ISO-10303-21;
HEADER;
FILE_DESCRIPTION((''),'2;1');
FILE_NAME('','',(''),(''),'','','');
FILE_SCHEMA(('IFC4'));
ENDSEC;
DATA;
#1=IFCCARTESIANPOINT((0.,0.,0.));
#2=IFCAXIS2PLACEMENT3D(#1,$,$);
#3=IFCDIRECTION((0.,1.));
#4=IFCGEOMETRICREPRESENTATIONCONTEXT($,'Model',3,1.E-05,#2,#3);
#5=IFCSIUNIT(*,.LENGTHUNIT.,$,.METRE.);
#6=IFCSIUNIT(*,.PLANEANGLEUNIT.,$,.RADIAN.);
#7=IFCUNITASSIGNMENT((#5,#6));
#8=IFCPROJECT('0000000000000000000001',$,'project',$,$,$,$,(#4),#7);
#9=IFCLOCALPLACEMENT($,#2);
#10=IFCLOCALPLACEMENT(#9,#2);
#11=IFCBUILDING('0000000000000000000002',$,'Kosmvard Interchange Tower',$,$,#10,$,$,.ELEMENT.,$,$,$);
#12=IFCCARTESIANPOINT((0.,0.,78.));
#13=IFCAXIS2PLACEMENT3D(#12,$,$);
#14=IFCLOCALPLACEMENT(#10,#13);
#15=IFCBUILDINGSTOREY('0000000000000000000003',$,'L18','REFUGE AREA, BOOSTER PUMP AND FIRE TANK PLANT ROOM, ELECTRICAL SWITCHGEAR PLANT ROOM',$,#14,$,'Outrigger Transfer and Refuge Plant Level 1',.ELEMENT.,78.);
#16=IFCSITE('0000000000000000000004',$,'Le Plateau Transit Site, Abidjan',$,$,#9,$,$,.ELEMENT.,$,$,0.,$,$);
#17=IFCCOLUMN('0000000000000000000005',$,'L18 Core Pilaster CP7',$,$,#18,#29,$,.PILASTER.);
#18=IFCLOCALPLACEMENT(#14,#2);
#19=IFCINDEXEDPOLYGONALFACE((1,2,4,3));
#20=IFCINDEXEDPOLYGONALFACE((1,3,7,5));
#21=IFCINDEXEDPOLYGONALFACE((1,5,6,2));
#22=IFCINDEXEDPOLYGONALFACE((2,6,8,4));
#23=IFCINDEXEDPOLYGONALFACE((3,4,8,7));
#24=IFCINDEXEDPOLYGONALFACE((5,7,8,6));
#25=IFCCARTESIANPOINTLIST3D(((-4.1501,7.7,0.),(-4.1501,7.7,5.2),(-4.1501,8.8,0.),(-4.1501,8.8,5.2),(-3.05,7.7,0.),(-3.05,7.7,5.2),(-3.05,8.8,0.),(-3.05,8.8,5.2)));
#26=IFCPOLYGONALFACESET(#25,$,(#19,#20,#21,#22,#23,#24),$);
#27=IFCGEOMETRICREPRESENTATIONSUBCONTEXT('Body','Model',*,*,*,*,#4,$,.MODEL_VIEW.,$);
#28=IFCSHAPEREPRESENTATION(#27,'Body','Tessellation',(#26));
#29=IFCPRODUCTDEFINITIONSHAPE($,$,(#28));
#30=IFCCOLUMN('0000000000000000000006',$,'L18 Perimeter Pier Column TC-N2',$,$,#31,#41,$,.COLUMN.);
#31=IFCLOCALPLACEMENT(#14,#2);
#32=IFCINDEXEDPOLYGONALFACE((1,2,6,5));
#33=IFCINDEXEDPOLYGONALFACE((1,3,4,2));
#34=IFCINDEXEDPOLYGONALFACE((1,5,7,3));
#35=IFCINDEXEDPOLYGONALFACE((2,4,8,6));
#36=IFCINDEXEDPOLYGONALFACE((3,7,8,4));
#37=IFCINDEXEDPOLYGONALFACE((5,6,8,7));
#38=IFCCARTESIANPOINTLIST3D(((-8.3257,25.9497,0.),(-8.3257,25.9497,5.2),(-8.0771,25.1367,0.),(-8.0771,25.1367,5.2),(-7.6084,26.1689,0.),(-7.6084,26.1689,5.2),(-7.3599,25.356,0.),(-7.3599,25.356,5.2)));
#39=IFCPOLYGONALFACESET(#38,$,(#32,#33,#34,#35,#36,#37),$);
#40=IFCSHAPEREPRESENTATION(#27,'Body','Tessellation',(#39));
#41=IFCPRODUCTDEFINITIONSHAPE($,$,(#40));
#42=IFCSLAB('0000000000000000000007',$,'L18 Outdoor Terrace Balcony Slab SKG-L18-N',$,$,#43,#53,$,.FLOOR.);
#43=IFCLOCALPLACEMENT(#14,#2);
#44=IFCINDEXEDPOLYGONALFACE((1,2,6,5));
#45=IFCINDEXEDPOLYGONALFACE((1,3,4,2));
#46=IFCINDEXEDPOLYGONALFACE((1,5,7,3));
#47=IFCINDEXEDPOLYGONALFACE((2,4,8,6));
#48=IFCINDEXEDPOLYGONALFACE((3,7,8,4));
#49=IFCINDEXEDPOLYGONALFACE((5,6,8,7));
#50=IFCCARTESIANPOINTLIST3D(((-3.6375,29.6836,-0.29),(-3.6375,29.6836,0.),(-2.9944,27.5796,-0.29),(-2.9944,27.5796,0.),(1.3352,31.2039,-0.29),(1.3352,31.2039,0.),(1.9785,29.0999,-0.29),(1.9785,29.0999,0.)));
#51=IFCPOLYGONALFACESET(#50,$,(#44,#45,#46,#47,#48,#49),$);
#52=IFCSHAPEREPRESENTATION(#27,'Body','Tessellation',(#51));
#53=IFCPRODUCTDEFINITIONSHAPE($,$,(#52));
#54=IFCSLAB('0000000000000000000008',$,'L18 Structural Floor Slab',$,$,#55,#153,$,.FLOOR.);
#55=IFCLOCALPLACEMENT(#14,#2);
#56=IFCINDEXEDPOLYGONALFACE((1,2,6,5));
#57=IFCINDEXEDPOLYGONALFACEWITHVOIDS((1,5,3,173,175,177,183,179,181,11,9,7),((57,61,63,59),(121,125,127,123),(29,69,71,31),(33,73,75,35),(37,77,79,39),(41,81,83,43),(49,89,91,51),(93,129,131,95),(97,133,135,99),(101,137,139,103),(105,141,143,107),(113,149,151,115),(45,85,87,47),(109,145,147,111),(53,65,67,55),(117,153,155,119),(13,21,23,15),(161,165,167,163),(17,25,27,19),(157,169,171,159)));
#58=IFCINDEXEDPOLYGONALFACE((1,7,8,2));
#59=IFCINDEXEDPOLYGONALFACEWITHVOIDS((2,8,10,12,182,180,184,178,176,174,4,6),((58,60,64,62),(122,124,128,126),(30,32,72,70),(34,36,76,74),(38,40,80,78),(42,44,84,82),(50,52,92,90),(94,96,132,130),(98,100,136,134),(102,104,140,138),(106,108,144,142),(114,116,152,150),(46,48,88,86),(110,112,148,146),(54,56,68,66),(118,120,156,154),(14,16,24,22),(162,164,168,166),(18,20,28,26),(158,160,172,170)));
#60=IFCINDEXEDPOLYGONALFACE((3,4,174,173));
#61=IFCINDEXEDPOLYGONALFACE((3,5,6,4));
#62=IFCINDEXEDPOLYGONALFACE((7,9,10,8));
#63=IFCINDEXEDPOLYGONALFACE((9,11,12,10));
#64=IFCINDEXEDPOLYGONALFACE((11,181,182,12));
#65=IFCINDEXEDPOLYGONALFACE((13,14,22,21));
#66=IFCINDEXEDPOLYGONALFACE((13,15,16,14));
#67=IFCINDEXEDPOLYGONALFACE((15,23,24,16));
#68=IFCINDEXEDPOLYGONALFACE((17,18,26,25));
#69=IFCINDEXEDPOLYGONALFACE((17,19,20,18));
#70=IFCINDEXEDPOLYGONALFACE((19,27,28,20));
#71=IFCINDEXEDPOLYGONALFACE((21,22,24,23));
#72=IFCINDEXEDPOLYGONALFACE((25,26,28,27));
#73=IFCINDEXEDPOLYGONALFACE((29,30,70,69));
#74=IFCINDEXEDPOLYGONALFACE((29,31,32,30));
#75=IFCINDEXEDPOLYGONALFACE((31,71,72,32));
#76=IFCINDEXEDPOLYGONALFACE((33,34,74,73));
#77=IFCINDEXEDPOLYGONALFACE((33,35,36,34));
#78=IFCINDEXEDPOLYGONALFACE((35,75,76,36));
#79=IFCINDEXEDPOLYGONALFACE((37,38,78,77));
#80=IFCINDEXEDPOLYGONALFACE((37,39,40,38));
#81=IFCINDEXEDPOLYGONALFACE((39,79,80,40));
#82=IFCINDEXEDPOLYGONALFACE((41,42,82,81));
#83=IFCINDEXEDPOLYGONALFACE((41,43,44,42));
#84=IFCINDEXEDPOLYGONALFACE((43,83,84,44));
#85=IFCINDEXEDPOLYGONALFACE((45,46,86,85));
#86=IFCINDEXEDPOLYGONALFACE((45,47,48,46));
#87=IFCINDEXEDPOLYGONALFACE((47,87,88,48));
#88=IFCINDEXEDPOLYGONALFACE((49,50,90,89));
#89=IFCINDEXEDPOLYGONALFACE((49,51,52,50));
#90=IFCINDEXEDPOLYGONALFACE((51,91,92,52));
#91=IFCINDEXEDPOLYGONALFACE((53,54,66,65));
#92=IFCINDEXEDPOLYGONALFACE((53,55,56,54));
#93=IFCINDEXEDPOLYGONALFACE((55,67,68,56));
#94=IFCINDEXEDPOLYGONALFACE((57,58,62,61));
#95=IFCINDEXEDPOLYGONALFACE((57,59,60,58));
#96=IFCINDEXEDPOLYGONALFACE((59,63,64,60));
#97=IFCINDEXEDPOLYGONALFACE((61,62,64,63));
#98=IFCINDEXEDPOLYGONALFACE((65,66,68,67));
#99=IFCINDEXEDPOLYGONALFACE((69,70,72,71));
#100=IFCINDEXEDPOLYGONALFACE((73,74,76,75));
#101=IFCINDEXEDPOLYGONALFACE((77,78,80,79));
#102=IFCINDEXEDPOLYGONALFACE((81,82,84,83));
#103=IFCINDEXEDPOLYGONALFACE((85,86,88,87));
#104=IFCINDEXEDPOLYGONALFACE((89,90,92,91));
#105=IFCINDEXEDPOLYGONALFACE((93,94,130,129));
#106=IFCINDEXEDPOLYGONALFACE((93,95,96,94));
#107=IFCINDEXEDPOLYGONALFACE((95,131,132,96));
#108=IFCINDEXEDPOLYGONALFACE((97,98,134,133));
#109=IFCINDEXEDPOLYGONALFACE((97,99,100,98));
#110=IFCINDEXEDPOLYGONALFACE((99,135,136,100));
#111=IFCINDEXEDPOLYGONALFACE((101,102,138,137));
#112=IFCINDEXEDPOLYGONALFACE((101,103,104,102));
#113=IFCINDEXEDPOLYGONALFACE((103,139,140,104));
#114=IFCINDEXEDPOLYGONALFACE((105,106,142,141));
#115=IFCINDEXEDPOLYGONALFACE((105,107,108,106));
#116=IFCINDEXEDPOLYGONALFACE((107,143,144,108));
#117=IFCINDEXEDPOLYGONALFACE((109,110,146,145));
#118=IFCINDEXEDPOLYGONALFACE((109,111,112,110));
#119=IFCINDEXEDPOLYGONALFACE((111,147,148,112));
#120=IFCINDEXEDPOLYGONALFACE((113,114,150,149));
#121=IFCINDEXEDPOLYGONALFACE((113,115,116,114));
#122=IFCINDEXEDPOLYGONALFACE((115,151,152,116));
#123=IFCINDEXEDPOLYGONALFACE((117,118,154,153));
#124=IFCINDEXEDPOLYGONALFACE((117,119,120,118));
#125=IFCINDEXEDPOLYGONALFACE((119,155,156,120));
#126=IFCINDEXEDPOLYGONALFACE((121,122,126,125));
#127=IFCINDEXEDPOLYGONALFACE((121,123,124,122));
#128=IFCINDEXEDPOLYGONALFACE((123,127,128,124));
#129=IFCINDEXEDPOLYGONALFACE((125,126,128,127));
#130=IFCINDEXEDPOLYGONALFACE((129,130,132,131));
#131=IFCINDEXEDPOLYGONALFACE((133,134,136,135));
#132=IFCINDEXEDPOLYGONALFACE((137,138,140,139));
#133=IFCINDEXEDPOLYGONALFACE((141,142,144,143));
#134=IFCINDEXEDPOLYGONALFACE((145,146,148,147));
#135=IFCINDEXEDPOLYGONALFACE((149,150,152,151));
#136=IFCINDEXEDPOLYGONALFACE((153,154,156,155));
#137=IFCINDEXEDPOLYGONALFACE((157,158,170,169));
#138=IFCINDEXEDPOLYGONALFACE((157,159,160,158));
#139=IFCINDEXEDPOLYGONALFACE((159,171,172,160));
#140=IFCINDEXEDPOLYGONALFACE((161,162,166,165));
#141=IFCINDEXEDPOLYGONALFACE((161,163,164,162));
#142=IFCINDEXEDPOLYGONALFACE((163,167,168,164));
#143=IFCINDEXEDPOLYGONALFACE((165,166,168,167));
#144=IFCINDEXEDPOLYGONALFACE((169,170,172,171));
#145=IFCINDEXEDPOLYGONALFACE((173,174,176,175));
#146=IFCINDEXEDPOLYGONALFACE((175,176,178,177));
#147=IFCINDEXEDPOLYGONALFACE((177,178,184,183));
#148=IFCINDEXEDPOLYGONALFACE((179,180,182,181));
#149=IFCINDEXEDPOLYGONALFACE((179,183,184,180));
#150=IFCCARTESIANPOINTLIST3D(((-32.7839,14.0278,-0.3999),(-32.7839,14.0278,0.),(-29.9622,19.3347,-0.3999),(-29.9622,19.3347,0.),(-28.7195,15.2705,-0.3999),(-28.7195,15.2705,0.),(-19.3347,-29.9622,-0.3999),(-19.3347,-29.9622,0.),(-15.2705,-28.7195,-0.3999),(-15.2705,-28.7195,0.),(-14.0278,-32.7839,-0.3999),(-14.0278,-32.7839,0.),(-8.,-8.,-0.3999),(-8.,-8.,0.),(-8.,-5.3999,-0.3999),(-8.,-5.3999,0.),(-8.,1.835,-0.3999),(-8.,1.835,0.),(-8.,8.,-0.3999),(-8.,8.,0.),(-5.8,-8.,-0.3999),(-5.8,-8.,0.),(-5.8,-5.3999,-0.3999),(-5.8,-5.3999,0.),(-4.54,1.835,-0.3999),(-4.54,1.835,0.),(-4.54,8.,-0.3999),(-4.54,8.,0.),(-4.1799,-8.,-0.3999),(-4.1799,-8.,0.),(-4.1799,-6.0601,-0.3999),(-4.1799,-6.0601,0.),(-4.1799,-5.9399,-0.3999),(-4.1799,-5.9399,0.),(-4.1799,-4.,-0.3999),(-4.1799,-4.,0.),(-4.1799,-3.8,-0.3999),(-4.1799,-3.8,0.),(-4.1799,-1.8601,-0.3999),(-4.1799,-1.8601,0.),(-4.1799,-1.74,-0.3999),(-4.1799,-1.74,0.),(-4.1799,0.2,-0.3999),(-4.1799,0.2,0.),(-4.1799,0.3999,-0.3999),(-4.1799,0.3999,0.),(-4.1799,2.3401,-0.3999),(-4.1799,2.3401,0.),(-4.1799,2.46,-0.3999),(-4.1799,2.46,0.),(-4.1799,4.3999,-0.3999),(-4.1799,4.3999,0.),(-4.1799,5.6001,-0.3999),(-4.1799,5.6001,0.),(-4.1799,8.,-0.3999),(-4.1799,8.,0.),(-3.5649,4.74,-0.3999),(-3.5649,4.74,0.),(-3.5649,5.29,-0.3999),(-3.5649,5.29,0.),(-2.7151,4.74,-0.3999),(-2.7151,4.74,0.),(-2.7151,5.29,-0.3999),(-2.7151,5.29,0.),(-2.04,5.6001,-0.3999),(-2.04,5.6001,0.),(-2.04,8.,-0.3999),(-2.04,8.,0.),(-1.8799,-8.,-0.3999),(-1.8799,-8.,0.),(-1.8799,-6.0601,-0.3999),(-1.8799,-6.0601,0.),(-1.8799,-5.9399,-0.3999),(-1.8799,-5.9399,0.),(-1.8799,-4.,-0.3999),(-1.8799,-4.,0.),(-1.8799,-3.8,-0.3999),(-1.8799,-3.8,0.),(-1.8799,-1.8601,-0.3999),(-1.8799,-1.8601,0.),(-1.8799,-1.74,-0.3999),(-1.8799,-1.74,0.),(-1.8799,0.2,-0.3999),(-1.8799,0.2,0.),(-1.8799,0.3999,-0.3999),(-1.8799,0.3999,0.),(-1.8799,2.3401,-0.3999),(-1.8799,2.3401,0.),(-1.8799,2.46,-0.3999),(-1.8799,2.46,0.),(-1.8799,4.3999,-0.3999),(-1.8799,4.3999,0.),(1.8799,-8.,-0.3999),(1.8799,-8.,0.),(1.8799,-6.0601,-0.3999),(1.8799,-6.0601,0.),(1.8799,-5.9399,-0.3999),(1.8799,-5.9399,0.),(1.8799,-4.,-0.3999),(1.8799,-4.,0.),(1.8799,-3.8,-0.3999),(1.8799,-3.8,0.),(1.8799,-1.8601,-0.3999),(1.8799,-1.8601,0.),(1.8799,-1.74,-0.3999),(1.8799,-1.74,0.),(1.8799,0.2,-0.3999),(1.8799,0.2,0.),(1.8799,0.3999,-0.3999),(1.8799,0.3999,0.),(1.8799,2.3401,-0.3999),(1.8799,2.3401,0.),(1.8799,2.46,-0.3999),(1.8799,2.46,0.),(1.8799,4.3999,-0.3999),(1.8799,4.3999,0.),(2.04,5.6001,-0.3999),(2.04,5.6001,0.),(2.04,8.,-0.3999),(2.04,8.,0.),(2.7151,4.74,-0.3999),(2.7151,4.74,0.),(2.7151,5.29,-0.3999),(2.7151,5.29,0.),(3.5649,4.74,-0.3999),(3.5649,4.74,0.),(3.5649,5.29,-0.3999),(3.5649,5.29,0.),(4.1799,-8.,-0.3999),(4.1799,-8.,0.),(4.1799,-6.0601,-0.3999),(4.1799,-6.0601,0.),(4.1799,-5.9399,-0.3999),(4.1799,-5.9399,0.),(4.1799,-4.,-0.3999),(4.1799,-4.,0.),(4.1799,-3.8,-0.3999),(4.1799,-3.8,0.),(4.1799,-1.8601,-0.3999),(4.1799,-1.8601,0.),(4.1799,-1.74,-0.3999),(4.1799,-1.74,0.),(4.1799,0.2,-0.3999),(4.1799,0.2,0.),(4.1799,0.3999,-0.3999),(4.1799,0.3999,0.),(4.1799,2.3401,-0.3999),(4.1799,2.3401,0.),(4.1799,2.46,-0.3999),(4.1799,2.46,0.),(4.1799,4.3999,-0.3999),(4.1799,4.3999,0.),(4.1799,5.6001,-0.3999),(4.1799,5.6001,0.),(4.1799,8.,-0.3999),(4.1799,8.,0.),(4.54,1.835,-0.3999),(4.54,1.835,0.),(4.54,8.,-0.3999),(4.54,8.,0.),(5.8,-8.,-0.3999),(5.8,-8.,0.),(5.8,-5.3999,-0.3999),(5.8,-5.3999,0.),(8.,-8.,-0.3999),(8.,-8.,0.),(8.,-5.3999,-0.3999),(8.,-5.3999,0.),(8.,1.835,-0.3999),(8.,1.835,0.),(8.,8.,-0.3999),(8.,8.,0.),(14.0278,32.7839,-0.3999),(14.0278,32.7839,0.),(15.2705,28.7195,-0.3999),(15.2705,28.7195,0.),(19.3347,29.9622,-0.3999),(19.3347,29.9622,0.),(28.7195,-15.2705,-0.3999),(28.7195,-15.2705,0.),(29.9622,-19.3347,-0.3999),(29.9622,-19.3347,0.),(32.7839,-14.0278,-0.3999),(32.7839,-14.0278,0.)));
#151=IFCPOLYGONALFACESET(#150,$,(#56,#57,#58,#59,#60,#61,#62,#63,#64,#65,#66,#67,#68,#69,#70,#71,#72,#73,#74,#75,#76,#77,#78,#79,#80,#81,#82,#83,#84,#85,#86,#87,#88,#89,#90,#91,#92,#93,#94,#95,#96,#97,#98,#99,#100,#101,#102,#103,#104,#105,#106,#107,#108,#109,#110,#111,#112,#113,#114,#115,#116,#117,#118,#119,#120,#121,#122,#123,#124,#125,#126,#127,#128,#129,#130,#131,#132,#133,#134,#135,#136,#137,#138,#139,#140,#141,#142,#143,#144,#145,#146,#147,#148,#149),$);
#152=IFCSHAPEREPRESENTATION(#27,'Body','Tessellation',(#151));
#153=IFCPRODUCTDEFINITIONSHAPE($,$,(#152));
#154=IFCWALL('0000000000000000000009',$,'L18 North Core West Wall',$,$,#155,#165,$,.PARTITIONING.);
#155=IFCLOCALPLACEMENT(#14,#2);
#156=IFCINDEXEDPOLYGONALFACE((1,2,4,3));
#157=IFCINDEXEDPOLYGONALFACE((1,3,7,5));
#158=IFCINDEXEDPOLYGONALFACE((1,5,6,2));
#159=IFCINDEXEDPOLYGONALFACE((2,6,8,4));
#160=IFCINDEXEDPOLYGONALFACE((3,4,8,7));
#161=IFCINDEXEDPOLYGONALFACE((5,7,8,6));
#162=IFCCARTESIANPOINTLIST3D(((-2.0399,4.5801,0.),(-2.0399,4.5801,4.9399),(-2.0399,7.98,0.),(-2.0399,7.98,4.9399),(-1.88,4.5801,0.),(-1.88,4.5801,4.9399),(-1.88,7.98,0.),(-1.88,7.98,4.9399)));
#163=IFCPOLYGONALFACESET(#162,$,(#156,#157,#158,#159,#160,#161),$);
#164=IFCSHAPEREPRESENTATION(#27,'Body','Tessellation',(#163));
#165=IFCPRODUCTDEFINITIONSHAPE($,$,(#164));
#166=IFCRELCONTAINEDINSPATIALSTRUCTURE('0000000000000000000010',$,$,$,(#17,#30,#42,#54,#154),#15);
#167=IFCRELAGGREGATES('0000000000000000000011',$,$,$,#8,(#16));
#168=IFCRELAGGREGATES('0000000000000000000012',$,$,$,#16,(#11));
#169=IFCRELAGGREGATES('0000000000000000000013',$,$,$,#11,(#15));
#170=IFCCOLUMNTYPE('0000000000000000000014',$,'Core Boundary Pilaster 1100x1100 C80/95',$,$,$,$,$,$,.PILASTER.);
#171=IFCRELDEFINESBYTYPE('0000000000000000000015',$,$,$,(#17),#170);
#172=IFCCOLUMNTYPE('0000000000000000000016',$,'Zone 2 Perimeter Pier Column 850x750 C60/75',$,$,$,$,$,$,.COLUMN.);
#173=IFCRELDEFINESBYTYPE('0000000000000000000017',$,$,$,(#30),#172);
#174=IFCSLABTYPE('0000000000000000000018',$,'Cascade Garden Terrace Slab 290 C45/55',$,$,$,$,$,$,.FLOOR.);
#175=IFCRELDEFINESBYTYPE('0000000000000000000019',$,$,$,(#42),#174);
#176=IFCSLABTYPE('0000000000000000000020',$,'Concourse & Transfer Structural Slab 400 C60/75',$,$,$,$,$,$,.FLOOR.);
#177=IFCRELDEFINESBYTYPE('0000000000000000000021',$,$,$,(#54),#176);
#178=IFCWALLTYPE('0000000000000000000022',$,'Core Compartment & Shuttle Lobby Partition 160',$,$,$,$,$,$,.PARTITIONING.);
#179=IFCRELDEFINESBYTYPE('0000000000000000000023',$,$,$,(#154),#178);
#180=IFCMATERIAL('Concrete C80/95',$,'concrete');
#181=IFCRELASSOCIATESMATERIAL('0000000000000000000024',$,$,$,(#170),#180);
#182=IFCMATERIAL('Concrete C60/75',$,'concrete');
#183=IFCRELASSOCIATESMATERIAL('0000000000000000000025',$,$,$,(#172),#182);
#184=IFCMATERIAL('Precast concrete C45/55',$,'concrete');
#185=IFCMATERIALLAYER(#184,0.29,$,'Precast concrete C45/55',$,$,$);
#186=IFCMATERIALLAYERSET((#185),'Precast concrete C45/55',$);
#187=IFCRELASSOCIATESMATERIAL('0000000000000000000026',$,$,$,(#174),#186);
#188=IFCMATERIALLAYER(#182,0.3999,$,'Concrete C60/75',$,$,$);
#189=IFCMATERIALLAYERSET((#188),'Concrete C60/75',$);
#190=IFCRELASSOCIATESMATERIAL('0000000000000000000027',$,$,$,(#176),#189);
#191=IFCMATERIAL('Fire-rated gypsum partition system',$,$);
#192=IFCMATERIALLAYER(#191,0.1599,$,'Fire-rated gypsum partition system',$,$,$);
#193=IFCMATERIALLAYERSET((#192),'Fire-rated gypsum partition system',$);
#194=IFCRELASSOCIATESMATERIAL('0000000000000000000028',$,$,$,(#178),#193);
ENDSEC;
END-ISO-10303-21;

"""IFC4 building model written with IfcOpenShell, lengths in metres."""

from ifc_helpers import new_model, si_unit, direction, frame, frame_2d, origin, origin_2d, place, context, subcontext, project, spatial, polyline, rectangle, outline, extrude, source, transform, mapped, material, layer, layer_set, material_profile, profile_set, type_object, element, save


model = new_model("IFC4")

# Units and contexts
model_context = context("Model", 3, precision=1e-05, world=origin(), true_north=direction((0.0, 1.0)))
body_context = subcontext(model_context, "Body", "Model", "MODEL_VIEW")
ifc_project = project(units=[si_unit("LENGTHUNIT", "METRE"), si_unit("PLANEANGLEUNIT", "RADIAN")], contexts=[model_context])

# Site, building, storey
site_placement = place(None, origin())
site = spatial("IfcSite", under=ifc_project, at=site_placement, Name="Le Plateau Transit Site, Abidjan", CompositionType="ELEMENT", RefElevation=0.0)
building_placement = place(site_placement, origin())
building = spatial("IfcBuilding", under=site, at=building_placement, Name="Kosmvard Interchange Tower", CompositionType="ELEMENT")
storey_placement = place(building_placement, frame((0.0, 0.0, 78.0)))
storey = spatial("IfcBuildingStorey", under=building, at=storey_placement, Name="L18", Description="REFUGE AREA, BOOSTER PUMP AND FIRE TANK PLANT ROOM, ELECTRICAL SWITCHGEAR PLANT ROOM", LongName="Outrigger Transfer and Refuge Plant Level 1", CompositionType="ELEMENT", Elevation=78.0)

# Columns
ifc_material_1 = material(Name="Concrete C80/95", Category="concrete")
ifc_material_profile_1 = material_profile(ifc_material_1, rectangle(XDim=1.1001, YDim=1.1001, at=origin_2d()), Name="CP 1100x1100")
ifc_profile_set_1 = profile_set([ifc_material_profile_1], Name="Concrete C80/95")
column_type_1 = type_object("IfcColumnType", Name="Core Boundary Pilaster 1100x1100 C80/95", PredefinedType="PILASTER", material=ifc_profile_set_1)
shared_shape_1 = source(origin(), body_context, "Body", "SweptSolid", [
    extrude(rectangle(XDim=1.1001, YDim=1.1001, at=origin_2d()), origin(), (0.0, 0.0, 1.0), 5.2),
])
column_1_placement = place(storey_placement, frame((-3.6001, 8.25, 0.0), z_axis=(0.0, 0.0, 1.0), x_axis=(1.0, 0.0, 0.0)))
element("IfcColumn", 1, at=column_1_placement, inside=storey, type_object=column_type_1, Name="L18 Core Pilaster CP7", PredefinedType="PILASTER", context=body_context, shape_type="MappedRepresentation", body=[
    mapped(shared_shape_1, transform((0.0, 0.0, 0.0), scale=1.0)),
])
ifc_material_2 = material(Name="Concrete C60/75", Category="concrete")
ifc_material_profile_2 = material_profile(ifc_material_2, rectangle(XDim=0.75, YDim=0.8501, at=origin_2d()), Name="TC 850x750")
ifc_profile_set_2 = profile_set([ifc_material_profile_2], Name="Concrete C60/75")
column_type_2 = type_object("IfcColumnType", Name="Zone 2 Perimeter Pier Column 850x750 C60/75", PredefinedType="COLUMN", material=ifc_profile_set_2)
shared_shape_2 = source(origin(), body_context, "Body", "SweptSolid", [
    extrude(rectangle(XDim=0.75, YDim=0.8501, at=origin_2d()), origin(), (0.0, 0.0, 1.0), 5.2),
])
column_2_placement = place(storey_placement, frame((-7.8428, 25.6528, 0.0), z_axis=(0.0, 0.0, 1.0), x_axis=(0.956305, 0.292372, 0.0)))
element("IfcColumn", 2, at=column_2_placement, inside=storey, type_object=column_type_2, Name="L18 Perimeter Pier Column TC-N2", PredefinedType="COLUMN", context=body_context, shape_type="MappedRepresentation", body=[
    mapped(shared_shape_2, transform((0.0, 0.0, 0.0), scale=1.0)),
])

# Slabs
ifc_material_3 = material(Name="Precast concrete C45/55", Category="concrete")
ifc_layer_1 = layer(ifc_material_3, 0.29, Name="Precast concrete C45/55")
ifc_layer_set_1 = layer_set([ifc_layer_1], Name="Precast concrete C45/55")
slab_type_1 = type_object("IfcSlabType", Name="Cascade Garden Terrace Slab 290 C45/55", PredefinedType="FLOOR", material=ifc_layer_set_1)
slab_1_placement = place(storey_placement, frame((0.0, 0.0, -0.29)))
element("IfcSlab", 3, at=slab_1_placement, inside=storey, type_object=slab_type_1, Name="L18 Outdoor Terrace Balcony Slab SKG-L18-N", PredefinedType="FLOOR", context=body_context, shape_type="SweptSolid", body=[
    extrude(outline(polyline([(-2.9944, 27.5796), (1.9785, 29.0999), (1.3352, 31.2039), (-3.6375, 29.6836), (-2.9944, 27.5796)])), origin(), (0.0, 0.0, 1.0), 0.29),
])
ifc_layer_2 = layer(ifc_material_2, 0.3999, Name="Concrete C60/75")
ifc_layer_set_2 = layer_set([ifc_layer_2], Name="Concrete C60/75")
slab_type_2 = type_object("IfcSlabType", Name="Concourse & Transfer Structural Slab 400 C60/75", PredefinedType="FLOOR", material=ifc_layer_set_2)
slab_2_placement = place(storey_placement, frame((0.0, 0.0, -0.3999)))
element("IfcSlab", 4, at=slab_2_placement, inside=storey, type_object=slab_type_2, Name="L18 Structural Floor Slab", PredefinedType="FLOOR", context=body_context, shape_type="SweptSolid", body=[
    extrude(outline(polyline([(-14.0278, -32.7839), (29.9622, -19.3347), (28.7195, -15.2705), (32.7839, -14.0278), (19.3347, 29.9622), (15.2705, 28.7195), (14.0278, 32.7839), (-29.9622, 19.3347), (-28.7195, 15.2705), (-32.7839, 14.0278), (-19.3347, -29.9622), (-15.2705, -28.7195), (-14.0278, -32.7839)]), holes=[polyline([(-8.0, 1.835), (-4.54, 1.835), (-4.54, 8.0), (-8.0, 8.0), (-8.0, 1.835)]), polyline([(4.54, 1.835), (8.0, 1.835), (8.0, 8.0), (4.54, 8.0), (4.54, 1.835)]), polyline([(-8.0, -8.0), (-5.8, -8.0), (-5.8, -5.3999), (-8.0, -5.3999), (-8.0, -8.0)]), polyline([(5.8, -8.0), (8.0, -8.0), (8.0, -5.3999), (5.8, -5.3999), (5.8, -8.0)]), polyline([(-4.1799, -8.0), (-1.8799, -8.0), (-1.8799, -6.0601), (-4.1799, -6.0601), (-4.1799, -8.0)]), polyline([(-4.1799, -5.9399), (-1.8799, -5.9399), (-1.8799, -4.0), (-4.1799, -4.0), (-4.1799, -5.9399)]), polyline([(1.8799, -8.0), (4.1799, -8.0), (4.1799, -6.0601), (1.8799, -6.0601), (1.8799, -8.0)]), polyline([(1.8799, -5.9399), (4.1799, -5.9399), (4.1799, -4.0), (1.8799, -4.0), (1.8799, -5.9399)]), polyline([(-4.1799, -3.8), (-1.8799, -3.8), (-1.8799, -1.8601), (-4.1799, -1.8601), (-4.1799, -3.8)]), polyline([(-4.1799, -1.74), (-1.8799, -1.74), (-1.8799, 0.2), (-4.1799, 0.2), (-4.1799, -1.74)]), polyline([(1.8799, -3.8), (4.1799, -3.8), (4.1799, -1.8601), (1.8799, -1.8601), (1.8799, -3.8)]), polyline([(1.8799, -1.74), (4.1799, -1.74), (4.1799, 0.2), (1.8799, 0.2), (1.8799, -1.74)]), polyline([(-4.1799, 0.3999), (-1.8799, 0.3999), (-1.8799, 2.3401), (-4.1799, 2.3401), (-4.1799, 0.3999)]), polyline([(-4.1799, 2.46), (-1.8799, 2.46), (-1.8799, 4.3999), (-4.1799, 4.3999), (-4.1799, 2.46)]), polyline([(1.8799, 0.3999), (4.1799, 0.3999), (4.1799, 2.3401), (1.8799, 2.3401), (1.8799, 0.3999)]), polyline([(1.8799, 2.46), (4.1799, 2.46), (4.1799, 4.3999), (1.8799, 4.3999), (1.8799, 2.46)]), polyline([(-4.1799, 5.6001), (-2.04, 5.6001), (-2.04, 8.0), (-4.1799, 8.0), (-4.1799, 5.6001)]), polyline([(2.04, 5.6001), (4.1799, 5.6001), (4.1799, 8.0), (2.04, 8.0), (2.04, 5.6001)]), polyline([(-3.5649, 4.74), (-2.7151, 4.74), (-2.7151, 5.29), (-3.5649, 5.29), (-3.5649, 4.74)]), polyline([(2.7151, 4.74), (3.5649, 4.74), (3.5649, 5.29), (2.7151, 5.29), (2.7151, 4.74)])]), origin(), (0.0, 0.0, 1.0), 0.3999),
])

# Wall
ifc_material_4 = material(Name="Fire-rated gypsum partition system")
ifc_layer_3 = layer(ifc_material_4, 0.1599, Name="Fire-rated gypsum partition system")
ifc_layer_set_3 = layer_set([ifc_layer_3], Name="Fire-rated gypsum partition system")
wall_type_1 = type_object("IfcWallType", Name="Core Compartment & Shuttle Lobby Partition 160", PredefinedType="PARTITIONING", material=ifc_layer_set_3)
wall_1_placement = place(storey_placement, frame((-1.96, 4.5801, 0.0), z_axis=(0.0, 0.0, 1.0), x_axis=(0.0, 1.0, 0.0)))
element("IfcWall", 5, at=wall_1_placement, inside=storey, type_object=wall_type_1, Name="L18 North Core West Wall", PredefinedType="PARTITIONING", context=body_context, shape_type="SweptSolid", body=[
    extrude(rectangle(XDim=3.3999, YDim=0.1599, at=frame_2d((1.7, 0.0))), origin(), (0.0, 0.0, 1.0), 4.9399),
])

save(model, "model.ifc")
